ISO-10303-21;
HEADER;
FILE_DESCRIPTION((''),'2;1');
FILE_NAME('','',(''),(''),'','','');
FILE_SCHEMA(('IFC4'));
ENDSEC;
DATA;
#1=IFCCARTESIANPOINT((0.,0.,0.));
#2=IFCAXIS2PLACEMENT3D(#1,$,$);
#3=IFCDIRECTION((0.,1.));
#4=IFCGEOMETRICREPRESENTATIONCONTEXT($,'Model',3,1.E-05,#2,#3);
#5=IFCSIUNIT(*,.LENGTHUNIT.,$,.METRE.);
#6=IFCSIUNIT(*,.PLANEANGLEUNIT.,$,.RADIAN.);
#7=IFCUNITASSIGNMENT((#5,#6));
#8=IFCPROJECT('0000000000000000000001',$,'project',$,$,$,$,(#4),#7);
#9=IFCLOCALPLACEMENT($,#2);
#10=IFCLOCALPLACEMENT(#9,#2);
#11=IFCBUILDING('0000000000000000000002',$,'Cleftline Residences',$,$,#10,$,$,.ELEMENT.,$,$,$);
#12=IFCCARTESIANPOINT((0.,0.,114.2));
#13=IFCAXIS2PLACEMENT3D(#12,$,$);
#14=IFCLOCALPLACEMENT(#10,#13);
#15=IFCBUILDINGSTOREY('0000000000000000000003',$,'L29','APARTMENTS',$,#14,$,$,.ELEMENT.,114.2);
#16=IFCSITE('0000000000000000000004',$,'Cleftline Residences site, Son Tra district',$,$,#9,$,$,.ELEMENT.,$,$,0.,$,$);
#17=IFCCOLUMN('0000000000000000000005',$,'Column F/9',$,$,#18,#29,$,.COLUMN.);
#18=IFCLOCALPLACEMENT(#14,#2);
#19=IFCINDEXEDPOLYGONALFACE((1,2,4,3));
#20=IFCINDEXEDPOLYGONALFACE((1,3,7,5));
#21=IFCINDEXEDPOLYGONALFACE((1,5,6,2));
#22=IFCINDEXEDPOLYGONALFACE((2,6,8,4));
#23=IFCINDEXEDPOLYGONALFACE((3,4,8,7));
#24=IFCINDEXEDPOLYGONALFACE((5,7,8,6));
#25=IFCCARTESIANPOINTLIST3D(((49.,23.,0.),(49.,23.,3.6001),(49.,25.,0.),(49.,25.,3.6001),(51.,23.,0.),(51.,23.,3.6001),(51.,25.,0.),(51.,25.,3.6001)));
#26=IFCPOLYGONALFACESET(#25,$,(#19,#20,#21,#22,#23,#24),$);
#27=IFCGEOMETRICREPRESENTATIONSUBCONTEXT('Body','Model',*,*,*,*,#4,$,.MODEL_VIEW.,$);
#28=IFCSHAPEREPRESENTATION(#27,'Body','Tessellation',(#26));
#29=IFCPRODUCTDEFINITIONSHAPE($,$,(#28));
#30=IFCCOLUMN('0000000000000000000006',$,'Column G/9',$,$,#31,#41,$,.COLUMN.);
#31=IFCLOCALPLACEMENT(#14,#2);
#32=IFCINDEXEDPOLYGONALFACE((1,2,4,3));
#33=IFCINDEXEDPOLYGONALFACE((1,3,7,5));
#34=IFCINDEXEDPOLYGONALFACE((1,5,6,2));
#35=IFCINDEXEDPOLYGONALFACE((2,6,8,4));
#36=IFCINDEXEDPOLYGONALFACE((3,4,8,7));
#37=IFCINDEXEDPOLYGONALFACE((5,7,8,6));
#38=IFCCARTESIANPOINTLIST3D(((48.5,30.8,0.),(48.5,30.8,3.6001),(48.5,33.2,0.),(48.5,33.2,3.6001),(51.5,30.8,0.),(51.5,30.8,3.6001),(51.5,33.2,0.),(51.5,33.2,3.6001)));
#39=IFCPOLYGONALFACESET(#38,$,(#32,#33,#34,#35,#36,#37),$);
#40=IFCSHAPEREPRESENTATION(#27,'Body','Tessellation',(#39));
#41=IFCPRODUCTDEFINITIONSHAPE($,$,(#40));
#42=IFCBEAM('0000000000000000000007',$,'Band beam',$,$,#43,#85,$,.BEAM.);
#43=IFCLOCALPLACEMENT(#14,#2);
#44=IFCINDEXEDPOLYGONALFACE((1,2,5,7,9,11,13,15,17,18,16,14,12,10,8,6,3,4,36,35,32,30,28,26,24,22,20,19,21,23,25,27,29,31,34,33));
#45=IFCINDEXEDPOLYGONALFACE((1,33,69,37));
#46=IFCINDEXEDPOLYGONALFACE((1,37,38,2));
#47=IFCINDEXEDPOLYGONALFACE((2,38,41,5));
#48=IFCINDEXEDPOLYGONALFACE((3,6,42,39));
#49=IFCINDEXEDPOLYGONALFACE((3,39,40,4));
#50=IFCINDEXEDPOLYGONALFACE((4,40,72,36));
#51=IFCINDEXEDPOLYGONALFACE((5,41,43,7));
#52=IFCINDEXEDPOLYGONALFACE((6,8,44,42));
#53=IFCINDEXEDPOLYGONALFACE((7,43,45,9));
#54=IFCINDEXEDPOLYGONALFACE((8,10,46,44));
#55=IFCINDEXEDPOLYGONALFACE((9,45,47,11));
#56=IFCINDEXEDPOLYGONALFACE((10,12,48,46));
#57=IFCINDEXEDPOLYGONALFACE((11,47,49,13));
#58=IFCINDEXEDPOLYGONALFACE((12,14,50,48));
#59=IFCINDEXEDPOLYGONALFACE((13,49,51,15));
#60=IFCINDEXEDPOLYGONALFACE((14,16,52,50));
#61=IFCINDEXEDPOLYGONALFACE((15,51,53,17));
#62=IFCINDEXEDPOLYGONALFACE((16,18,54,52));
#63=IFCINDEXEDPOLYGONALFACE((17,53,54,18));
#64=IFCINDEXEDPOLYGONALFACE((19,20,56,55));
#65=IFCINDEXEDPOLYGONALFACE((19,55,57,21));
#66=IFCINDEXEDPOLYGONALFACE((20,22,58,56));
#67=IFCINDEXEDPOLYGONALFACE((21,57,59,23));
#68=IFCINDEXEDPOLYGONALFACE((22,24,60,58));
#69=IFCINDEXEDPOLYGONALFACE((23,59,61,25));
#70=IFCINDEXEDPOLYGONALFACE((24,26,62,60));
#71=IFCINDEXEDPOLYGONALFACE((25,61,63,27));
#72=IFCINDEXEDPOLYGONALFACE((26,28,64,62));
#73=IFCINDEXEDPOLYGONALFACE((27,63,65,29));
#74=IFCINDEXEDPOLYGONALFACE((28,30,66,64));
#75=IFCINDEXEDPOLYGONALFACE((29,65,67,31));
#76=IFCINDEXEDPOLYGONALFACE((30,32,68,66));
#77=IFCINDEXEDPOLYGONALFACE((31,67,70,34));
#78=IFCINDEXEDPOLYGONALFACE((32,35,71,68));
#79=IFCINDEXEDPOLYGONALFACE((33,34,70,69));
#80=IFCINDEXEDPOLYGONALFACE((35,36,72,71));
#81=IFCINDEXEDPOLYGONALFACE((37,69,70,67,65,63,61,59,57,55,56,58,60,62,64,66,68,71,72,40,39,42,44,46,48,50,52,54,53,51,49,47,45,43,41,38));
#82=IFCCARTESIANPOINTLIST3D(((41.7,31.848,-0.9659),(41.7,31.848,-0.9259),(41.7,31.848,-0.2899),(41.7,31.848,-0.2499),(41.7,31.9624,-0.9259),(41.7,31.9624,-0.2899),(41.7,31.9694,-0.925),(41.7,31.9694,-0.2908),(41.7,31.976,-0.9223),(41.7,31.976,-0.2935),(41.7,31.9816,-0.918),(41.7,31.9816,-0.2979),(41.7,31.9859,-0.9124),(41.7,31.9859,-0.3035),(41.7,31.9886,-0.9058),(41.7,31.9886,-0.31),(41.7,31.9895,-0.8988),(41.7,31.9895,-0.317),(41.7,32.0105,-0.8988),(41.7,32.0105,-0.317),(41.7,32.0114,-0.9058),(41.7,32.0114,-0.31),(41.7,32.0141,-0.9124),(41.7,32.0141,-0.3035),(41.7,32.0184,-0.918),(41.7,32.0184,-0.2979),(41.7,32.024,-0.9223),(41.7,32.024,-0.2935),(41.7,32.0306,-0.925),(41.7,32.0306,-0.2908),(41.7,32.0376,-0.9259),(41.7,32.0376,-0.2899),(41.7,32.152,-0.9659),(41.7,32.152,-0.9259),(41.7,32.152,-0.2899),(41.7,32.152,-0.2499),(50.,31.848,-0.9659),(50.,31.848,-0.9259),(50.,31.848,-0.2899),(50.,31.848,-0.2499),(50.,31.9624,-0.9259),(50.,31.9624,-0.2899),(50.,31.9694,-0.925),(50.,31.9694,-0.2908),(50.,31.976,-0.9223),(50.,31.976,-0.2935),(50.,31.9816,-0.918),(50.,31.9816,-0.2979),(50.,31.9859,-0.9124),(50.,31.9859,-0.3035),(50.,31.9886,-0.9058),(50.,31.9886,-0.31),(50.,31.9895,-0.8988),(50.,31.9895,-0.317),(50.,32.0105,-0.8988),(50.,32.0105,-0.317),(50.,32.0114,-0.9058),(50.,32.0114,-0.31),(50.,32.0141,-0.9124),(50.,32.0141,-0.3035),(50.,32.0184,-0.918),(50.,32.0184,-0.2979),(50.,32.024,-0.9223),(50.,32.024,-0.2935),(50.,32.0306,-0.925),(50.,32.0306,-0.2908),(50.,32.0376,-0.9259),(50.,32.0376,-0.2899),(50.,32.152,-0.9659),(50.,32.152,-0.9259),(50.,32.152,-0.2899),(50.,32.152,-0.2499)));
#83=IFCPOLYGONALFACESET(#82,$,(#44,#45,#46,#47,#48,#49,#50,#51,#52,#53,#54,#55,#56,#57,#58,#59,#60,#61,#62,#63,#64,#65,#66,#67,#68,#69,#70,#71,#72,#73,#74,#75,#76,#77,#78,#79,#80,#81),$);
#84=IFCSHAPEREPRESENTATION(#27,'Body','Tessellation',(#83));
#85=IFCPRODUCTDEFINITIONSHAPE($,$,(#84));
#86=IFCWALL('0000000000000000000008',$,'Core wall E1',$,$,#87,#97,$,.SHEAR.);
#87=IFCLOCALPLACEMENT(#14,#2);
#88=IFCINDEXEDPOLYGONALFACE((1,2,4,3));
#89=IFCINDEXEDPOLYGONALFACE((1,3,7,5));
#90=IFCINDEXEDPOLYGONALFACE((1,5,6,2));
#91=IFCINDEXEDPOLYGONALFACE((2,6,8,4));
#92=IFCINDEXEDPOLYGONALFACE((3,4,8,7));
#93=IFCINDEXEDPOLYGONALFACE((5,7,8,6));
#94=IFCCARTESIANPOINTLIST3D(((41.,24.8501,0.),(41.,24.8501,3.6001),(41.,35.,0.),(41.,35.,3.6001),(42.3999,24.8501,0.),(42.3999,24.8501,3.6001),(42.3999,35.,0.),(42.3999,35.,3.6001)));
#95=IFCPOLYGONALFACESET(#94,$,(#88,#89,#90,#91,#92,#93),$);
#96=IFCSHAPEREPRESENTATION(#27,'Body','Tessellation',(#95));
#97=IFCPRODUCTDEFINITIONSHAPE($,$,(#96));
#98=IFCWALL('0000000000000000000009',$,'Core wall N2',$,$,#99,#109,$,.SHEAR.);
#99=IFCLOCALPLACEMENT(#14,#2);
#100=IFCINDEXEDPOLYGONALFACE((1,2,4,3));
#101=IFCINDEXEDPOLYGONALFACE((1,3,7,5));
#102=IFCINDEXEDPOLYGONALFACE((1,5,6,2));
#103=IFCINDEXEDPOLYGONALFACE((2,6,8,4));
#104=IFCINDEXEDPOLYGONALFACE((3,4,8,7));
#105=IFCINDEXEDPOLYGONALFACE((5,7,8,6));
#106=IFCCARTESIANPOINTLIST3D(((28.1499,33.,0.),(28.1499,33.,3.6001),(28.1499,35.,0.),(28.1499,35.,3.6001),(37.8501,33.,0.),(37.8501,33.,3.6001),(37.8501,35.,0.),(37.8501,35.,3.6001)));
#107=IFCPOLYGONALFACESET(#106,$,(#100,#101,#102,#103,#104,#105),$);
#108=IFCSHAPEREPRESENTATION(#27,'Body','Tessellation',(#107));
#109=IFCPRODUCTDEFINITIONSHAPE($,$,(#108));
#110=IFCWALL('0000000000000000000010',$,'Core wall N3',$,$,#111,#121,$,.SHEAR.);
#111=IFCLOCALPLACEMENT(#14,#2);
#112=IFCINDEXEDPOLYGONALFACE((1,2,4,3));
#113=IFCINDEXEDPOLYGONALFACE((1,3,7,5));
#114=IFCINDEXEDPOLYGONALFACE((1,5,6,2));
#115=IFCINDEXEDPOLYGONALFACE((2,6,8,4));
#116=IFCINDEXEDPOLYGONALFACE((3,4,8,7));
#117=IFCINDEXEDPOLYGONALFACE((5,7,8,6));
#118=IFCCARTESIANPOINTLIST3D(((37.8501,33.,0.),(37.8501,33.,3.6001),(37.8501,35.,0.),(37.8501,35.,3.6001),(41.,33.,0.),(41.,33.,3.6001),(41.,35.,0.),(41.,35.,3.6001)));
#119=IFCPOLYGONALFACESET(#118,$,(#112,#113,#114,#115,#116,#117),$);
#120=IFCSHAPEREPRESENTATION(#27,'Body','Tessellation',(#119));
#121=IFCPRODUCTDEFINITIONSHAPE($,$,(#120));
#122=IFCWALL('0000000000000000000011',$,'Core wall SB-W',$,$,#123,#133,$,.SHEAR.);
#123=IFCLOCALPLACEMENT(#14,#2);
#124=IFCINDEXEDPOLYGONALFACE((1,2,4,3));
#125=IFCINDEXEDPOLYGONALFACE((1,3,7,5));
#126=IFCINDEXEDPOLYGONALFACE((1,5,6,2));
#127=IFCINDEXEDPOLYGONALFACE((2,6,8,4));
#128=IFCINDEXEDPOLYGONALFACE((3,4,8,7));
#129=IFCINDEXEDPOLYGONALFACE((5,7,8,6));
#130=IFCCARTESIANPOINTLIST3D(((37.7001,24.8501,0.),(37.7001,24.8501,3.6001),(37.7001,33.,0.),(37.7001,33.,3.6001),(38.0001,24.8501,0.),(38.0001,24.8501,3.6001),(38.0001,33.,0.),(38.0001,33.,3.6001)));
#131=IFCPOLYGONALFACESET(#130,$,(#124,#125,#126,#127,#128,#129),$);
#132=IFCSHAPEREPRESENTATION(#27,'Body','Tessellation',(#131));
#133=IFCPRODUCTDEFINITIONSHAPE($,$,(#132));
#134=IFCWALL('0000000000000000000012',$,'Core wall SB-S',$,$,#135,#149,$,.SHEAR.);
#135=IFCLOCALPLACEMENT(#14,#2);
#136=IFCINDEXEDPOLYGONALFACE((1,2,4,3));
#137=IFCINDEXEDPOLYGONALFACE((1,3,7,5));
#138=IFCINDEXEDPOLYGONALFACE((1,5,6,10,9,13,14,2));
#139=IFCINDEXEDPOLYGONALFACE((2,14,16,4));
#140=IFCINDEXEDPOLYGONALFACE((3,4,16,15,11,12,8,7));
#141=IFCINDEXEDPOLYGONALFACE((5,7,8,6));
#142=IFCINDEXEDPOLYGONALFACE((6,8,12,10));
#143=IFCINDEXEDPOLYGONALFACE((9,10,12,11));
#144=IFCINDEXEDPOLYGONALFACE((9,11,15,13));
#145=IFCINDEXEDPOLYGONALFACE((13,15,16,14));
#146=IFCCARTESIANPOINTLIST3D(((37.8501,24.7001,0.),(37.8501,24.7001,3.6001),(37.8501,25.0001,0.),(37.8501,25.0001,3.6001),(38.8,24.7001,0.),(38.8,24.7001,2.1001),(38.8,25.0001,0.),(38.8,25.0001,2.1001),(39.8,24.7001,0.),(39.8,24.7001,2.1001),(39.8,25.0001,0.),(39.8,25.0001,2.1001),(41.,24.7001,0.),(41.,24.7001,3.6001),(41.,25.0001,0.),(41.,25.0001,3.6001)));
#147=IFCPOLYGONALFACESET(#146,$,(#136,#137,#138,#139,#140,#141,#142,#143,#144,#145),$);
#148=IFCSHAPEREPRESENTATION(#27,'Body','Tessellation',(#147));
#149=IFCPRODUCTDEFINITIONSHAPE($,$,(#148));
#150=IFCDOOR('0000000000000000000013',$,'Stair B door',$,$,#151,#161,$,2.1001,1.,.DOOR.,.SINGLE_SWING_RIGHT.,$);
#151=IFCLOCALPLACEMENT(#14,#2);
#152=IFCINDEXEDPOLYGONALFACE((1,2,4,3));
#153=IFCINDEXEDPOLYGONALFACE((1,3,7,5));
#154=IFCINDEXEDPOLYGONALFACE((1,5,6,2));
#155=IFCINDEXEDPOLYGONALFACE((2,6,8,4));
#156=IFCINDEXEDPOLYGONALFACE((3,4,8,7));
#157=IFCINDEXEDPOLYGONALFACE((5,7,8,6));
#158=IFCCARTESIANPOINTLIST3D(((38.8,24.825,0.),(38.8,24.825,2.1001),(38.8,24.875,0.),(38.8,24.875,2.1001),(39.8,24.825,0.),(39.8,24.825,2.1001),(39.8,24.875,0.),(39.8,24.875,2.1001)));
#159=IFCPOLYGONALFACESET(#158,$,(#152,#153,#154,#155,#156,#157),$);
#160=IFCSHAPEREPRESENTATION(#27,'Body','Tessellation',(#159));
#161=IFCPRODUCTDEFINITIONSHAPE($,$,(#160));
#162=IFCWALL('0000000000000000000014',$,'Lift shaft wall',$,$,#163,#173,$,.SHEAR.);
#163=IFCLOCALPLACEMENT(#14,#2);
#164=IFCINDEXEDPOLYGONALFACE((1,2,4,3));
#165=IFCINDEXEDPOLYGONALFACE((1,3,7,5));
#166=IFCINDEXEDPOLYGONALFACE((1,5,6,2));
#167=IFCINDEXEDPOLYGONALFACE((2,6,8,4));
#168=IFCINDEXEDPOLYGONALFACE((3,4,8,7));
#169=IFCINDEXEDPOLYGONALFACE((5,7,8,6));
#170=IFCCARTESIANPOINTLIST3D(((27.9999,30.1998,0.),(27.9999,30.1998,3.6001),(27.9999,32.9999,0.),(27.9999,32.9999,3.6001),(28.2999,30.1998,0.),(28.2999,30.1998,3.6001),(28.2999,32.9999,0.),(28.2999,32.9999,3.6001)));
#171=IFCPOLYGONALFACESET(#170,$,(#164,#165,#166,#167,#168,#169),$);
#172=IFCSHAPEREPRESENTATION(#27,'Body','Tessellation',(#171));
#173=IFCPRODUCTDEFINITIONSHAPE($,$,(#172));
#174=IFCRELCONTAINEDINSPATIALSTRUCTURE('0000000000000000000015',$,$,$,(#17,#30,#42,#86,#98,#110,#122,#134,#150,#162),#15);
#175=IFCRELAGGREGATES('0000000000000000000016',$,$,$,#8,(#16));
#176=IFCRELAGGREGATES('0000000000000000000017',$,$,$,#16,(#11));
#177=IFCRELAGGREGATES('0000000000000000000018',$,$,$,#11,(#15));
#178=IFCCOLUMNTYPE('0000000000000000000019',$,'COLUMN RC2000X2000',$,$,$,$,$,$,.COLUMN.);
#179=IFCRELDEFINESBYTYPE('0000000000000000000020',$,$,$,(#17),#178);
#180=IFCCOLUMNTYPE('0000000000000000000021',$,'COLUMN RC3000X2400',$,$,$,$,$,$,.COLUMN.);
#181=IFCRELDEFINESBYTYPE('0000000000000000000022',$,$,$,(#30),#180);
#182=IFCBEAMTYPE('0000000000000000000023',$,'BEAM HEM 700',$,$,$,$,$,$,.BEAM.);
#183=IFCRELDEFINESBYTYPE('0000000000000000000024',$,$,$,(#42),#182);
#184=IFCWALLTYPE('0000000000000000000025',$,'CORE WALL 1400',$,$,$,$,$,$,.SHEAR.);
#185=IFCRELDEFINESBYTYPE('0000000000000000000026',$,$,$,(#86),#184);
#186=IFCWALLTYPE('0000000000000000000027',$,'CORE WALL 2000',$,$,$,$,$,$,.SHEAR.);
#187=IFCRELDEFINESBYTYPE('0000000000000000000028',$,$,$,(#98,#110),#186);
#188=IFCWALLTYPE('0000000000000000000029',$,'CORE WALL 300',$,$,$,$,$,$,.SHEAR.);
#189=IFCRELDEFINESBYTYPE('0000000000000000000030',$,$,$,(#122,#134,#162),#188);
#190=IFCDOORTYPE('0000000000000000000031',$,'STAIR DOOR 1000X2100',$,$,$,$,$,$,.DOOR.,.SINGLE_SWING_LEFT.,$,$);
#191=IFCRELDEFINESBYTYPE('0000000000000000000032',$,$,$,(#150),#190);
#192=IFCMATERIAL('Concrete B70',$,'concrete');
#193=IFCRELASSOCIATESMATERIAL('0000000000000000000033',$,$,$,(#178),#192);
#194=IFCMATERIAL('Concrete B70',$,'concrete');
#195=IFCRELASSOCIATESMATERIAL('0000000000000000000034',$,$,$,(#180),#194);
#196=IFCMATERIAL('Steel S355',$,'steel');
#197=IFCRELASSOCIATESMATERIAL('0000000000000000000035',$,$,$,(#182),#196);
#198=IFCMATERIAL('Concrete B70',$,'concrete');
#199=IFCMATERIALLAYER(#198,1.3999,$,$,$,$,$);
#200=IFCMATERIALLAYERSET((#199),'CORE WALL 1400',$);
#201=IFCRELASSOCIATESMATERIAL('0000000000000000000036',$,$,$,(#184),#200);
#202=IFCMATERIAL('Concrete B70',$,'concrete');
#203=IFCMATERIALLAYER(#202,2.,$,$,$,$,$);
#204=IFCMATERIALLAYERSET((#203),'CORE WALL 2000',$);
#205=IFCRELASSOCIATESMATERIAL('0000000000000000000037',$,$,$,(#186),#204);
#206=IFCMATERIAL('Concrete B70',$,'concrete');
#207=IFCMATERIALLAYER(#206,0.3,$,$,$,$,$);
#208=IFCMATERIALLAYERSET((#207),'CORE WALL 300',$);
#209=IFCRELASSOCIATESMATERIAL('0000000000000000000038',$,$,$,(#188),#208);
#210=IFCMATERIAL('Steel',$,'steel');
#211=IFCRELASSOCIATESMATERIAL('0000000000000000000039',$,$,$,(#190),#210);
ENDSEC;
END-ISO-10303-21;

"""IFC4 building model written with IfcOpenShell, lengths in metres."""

from ifc_helpers import new_model, si_unit, direction, frame, frame_2d, origin, origin_2d, place, context, subcontext, project, spatial, rectangle, i_section, extrude, material, layer, layer_set, material_profile, profile_set, type_object, element, fill, save


model = new_model("IFC4")

# Units and contexts
model_context = context("Model", 3, precision=1e-05, world=origin(), true_north=direction((0.0, 1.0)))
body_context = subcontext(model_context, "Body", "Model", "MODEL_VIEW")
ifc_project = project(units=[si_unit("LENGTHUNIT", "METRE"), si_unit("PLANEANGLEUNIT", "RADIAN")], contexts=[model_context])

# Site, building, storey
site_placement = place(None, origin())
site = spatial("IfcSite", under=ifc_project, at=site_placement, Name="Cleftline Residences site, Son Tra district", CompositionType="ELEMENT", RefElevation=0.0)
building_placement = place(site_placement, origin())
building = spatial("IfcBuilding", under=site, at=building_placement, Name="Cleftline Residences", CompositionType="ELEMENT")
storey_placement = place(building_placement, frame((0.0, 0.0, 114.2)))
storey = spatial("IfcBuildingStorey", under=building, at=storey_placement, Name="L29", Description="APARTMENTS", CompositionType="ELEMENT", Elevation=114.2)

# Columns
ifc_material_1 = material(Name="Concrete B70", Category="concrete")
ifc_material_profile_1 = material_profile(ifc_material_1, rectangle(XDim=2.0, YDim=2.0, at=origin_2d()))
ifc_profile_set_1 = profile_set([ifc_material_profile_1], Name="Concrete B70")
column_type_1 = type_object("IfcColumnType", Name="COLUMN RC2000X2000", PredefinedType="COLUMN", material=ifc_profile_set_1)
column_1_placement = place(storey_placement, frame((50.0, 24.0, 0.0), z_axis=(0.0, 0.0, 1.0), x_axis=(1.0, 0.0, 0.0)))
element("IfcColumn", 1, at=column_1_placement, inside=storey, type_object=column_type_1, Name="Column F/9", PredefinedType="COLUMN", context=body_context, shape_type="SweptSolid", body=[
    extrude(rectangle(XDim=2.0, YDim=2.0, at=origin_2d()), origin(), (0.0, 0.0, 1.0), 3.6001),
])
ifc_material_2 = material(Name="Concrete B70", Category="concrete")
ifc_material_profile_2 = material_profile(ifc_material_2, rectangle(XDim=3.0, YDim=2.3999, at=origin_2d()))
ifc_profile_set_2 = profile_set([ifc_material_profile_2], Name="Concrete B70")
column_type_2 = type_object("IfcColumnType", Name="COLUMN RC3000X2400", PredefinedType="COLUMN", material=ifc_profile_set_2)
column_2_placement = place(storey_placement, frame((50.0, 32.0, 0.0), z_axis=(0.0, 0.0, 1.0), x_axis=(1.0, 0.0, 0.0)))
element("IfcColumn", 2, at=column_2_placement, inside=storey, type_object=column_type_2, Name="Column G/9", PredefinedType="COLUMN", context=body_context, shape_type="SweptSolid", body=[
    extrude(rectangle(XDim=3.0, YDim=2.3999, at=origin_2d()), origin(), (0.0, 0.0, 1.0), 3.6001),
])

# Beam
ifc_material_3 = material(Name="Steel S355", Category="steel")
ifc_material_profile_3 = material_profile(ifc_material_3, i_section(OverallWidth=0.304, OverallDepth=0.7161, WebThickness=0.021, FlangeThickness=0.04, FilletRadius=0.0271, at=origin_2d()))
ifc_profile_set_3 = profile_set([ifc_material_profile_3], Name="Steel S355")
beam_type = type_object("IfcBeamType", Name="BEAM HEM 700", PredefinedType="BEAM", material=ifc_profile_set_3)
beam_placement = place(storey_placement, frame((50.0, 32.0, -0.6079), z_axis=(-1.0, 0.0, 0.0), x_axis=(0.0, -1.0, 0.0)))
element("IfcBeam", 3, at=beam_placement, inside=storey, type_object=beam_type, Name="Band beam", PredefinedType="BEAM", context=body_context, shape_type="SweptSolid", body=[
    extrude(i_section(OverallWidth=0.304, OverallDepth=0.7161, WebThickness=0.021, FlangeThickness=0.04, FilletRadius=0.0271, at=origin_2d()), origin(), (0.0, 0.0, 1.0), 8.3),
])

# Walls
ifc_material_4 = material(Name="Concrete B70", Category="concrete")
ifc_layer_1 = layer(ifc_material_4, 1.3999)
ifc_layer_set_1 = layer_set([ifc_layer_1], Name="CORE WALL 1400")
wall_type_1 = type_object("IfcWallType", Name="CORE WALL 1400", PredefinedType="SHEAR", material=ifc_layer_set_1)
wall_1_placement = place(storey_placement, frame((41.7, 24.8501, 0.0), z_axis=(0.0, 0.0, 1.0), x_axis=(0.0, 1.0, 0.0)))
element("IfcWall", 4, at=wall_1_placement, inside=storey, type_object=wall_type_1, Name="Core wall E1", PredefinedType="SHEAR", context=body_context, shape_type="SweptSolid", body=[
    extrude(rectangle(XDim=10.1499, YDim=1.3999, at=frame_2d((5.075, 0.0))), origin(), (0.0, 0.0, 1.0), 3.6001),
])
ifc_material_5 = material(Name="Concrete B70", Category="concrete")
ifc_layer_2 = layer(ifc_material_5, 2.0)
ifc_layer_set_2 = layer_set([ifc_layer_2], Name="CORE WALL 2000")
wall_type_2 = type_object("IfcWallType", Name="CORE WALL 2000", PredefinedType="SHEAR", material=ifc_layer_set_2)
wall_2_placement = place(storey_placement, frame((28.1499, 34.0, 0.0), z_axis=(0.0, 0.0, 1.0), x_axis=(1.0, 0.0, 0.0)))
element("IfcWall", 5, at=wall_2_placement, inside=storey, type_object=wall_type_2, Name="Core wall N2", PredefinedType="SHEAR", context=body_context, shape_type="SweptSolid", body=[
    extrude(rectangle(XDim=9.7002, YDim=2.0, at=frame_2d((4.8501, 0.0))), origin(), (0.0, 0.0, 1.0), 3.6001),
])
wall_3_placement = place(storey_placement, frame((37.8501, 34.0, 0.0), z_axis=(0.0, 0.0, 1.0), x_axis=(1.0, 0.0, 0.0)))
element("IfcWall", 6, at=wall_3_placement, inside=storey, type_object=wall_type_2, Name="Core wall N3", PredefinedType="SHEAR", context=body_context, shape_type="SweptSolid", body=[
    extrude(rectangle(XDim=3.1499, YDim=2.0, at=frame_2d((1.575, 0.0))), origin(), (0.0, 0.0, 1.0), 3.6001),
])
ifc_material_6 = material(Name="Concrete B70", Category="concrete")
ifc_layer_3 = layer(ifc_material_6, 0.3)
ifc_layer_set_3 = layer_set([ifc_layer_3], Name="CORE WALL 300")
wall_type_3 = type_object("IfcWallType", Name="CORE WALL 300", PredefinedType="SHEAR", material=ifc_layer_set_3)
wall_4_placement = place(storey_placement, frame((37.8501, 24.8501, 0.0), z_axis=(0.0, 0.0, 1.0), x_axis=(0.0, 1.0, 0.0)))
element("IfcWall", 7, at=wall_4_placement, inside=storey, type_object=wall_type_3, Name="Core wall SB-W", PredefinedType="SHEAR", context=body_context, shape_type="SweptSolid", body=[
    extrude(rectangle(XDim=8.1499, YDim=0.3, at=frame_2d((4.075, 0.0))), origin(), (0.0, 0.0, 1.0), 3.6001),
])

# Wall, opening, door
wall_5_placement = place(storey_placement, frame((37.8501, 24.8501, 0.0), z_axis=(0.0, 0.0, 1.0), x_axis=(1.0, 0.0, 0.0)))
wall_5 = element("IfcWall", 8, at=wall_5_placement, inside=storey, type_object=wall_type_3, Name="Core wall SB-S", PredefinedType="SHEAR", context=body_context, shape_type="SweptSolid", body=[
    extrude(rectangle(XDim=3.1499, YDim=0.3, at=frame_2d((1.575, 0.0))), origin(), (0.0, 0.0, 1.0), 3.6001),
])
opening_1_placement = place(wall_5_placement, frame((0.95, 0.0, 0.0)))
opening_1 = element("IfcOpeningElement", 9, at=opening_1_placement, cuts=wall_5, PredefinedType="OPENING", context=body_context, shape_type="SweptSolid", body=[
    extrude(rectangle(XDim=1.0, YDim=2.1001, at=frame_2d((0.5, 1.05))), frame((0.0, 0.1599, 0.0), z_axis=(0.0, -1.0, 0.0), x_axis=(1.0, 0.0, 0.0)), (0.0, 0.0, 1.0), 0.3201),
])
ifc_material_7 = material(Name="Steel", Category="steel")
door_type_1 = type_object("IfcDoorType", Name="STAIR DOOR 1000X2100", OperationType="SINGLE_SWING_LEFT", PredefinedType="DOOR", material=ifc_material_7)
door_1_placement = place(opening_1_placement, origin())
door_1 = element("IfcDoor", 10, at=door_1_placement, inside=storey, type_object=door_type_1, Name="Stair B door", OperationType="SINGLE_SWING_RIGHT", OverallHeight=2.1001, OverallWidth=1.0, PredefinedType="DOOR", context=body_context, shape_type="SweptSolid", body=[
    extrude(rectangle(XDim=1.0, YDim=2.1001, at=frame_2d((0.5, 1.05))), frame((0.0, 0.0249, 0.0), z_axis=(0.0, -1.0, 0.0), x_axis=(1.0, 0.0, 0.0)), (0.0, 0.0, 1.0), 0.05),
])
fill(opening_1, door_1)

# Wall
wall_6_placement = place(storey_placement, frame((28.1499, 30.2, 0.0), z_axis=(0.0, 0.0, 1.0), x_axis=(0.0, 1.0, 0.0)))
element("IfcWall", 11, at=wall_6_placement, inside=storey, type_object=wall_type_3, Name="Lift shaft wall", PredefinedType="SHEAR", context=body_context, shape_type="SweptSolid", body=[
    extrude(rectangle(XDim=2.8, YDim=0.3, at=frame_2d((1.3999, 0.0))), origin(), (0.0, 0.0, 1.0), 3.6001),
])

save(model, "model.ifc")
